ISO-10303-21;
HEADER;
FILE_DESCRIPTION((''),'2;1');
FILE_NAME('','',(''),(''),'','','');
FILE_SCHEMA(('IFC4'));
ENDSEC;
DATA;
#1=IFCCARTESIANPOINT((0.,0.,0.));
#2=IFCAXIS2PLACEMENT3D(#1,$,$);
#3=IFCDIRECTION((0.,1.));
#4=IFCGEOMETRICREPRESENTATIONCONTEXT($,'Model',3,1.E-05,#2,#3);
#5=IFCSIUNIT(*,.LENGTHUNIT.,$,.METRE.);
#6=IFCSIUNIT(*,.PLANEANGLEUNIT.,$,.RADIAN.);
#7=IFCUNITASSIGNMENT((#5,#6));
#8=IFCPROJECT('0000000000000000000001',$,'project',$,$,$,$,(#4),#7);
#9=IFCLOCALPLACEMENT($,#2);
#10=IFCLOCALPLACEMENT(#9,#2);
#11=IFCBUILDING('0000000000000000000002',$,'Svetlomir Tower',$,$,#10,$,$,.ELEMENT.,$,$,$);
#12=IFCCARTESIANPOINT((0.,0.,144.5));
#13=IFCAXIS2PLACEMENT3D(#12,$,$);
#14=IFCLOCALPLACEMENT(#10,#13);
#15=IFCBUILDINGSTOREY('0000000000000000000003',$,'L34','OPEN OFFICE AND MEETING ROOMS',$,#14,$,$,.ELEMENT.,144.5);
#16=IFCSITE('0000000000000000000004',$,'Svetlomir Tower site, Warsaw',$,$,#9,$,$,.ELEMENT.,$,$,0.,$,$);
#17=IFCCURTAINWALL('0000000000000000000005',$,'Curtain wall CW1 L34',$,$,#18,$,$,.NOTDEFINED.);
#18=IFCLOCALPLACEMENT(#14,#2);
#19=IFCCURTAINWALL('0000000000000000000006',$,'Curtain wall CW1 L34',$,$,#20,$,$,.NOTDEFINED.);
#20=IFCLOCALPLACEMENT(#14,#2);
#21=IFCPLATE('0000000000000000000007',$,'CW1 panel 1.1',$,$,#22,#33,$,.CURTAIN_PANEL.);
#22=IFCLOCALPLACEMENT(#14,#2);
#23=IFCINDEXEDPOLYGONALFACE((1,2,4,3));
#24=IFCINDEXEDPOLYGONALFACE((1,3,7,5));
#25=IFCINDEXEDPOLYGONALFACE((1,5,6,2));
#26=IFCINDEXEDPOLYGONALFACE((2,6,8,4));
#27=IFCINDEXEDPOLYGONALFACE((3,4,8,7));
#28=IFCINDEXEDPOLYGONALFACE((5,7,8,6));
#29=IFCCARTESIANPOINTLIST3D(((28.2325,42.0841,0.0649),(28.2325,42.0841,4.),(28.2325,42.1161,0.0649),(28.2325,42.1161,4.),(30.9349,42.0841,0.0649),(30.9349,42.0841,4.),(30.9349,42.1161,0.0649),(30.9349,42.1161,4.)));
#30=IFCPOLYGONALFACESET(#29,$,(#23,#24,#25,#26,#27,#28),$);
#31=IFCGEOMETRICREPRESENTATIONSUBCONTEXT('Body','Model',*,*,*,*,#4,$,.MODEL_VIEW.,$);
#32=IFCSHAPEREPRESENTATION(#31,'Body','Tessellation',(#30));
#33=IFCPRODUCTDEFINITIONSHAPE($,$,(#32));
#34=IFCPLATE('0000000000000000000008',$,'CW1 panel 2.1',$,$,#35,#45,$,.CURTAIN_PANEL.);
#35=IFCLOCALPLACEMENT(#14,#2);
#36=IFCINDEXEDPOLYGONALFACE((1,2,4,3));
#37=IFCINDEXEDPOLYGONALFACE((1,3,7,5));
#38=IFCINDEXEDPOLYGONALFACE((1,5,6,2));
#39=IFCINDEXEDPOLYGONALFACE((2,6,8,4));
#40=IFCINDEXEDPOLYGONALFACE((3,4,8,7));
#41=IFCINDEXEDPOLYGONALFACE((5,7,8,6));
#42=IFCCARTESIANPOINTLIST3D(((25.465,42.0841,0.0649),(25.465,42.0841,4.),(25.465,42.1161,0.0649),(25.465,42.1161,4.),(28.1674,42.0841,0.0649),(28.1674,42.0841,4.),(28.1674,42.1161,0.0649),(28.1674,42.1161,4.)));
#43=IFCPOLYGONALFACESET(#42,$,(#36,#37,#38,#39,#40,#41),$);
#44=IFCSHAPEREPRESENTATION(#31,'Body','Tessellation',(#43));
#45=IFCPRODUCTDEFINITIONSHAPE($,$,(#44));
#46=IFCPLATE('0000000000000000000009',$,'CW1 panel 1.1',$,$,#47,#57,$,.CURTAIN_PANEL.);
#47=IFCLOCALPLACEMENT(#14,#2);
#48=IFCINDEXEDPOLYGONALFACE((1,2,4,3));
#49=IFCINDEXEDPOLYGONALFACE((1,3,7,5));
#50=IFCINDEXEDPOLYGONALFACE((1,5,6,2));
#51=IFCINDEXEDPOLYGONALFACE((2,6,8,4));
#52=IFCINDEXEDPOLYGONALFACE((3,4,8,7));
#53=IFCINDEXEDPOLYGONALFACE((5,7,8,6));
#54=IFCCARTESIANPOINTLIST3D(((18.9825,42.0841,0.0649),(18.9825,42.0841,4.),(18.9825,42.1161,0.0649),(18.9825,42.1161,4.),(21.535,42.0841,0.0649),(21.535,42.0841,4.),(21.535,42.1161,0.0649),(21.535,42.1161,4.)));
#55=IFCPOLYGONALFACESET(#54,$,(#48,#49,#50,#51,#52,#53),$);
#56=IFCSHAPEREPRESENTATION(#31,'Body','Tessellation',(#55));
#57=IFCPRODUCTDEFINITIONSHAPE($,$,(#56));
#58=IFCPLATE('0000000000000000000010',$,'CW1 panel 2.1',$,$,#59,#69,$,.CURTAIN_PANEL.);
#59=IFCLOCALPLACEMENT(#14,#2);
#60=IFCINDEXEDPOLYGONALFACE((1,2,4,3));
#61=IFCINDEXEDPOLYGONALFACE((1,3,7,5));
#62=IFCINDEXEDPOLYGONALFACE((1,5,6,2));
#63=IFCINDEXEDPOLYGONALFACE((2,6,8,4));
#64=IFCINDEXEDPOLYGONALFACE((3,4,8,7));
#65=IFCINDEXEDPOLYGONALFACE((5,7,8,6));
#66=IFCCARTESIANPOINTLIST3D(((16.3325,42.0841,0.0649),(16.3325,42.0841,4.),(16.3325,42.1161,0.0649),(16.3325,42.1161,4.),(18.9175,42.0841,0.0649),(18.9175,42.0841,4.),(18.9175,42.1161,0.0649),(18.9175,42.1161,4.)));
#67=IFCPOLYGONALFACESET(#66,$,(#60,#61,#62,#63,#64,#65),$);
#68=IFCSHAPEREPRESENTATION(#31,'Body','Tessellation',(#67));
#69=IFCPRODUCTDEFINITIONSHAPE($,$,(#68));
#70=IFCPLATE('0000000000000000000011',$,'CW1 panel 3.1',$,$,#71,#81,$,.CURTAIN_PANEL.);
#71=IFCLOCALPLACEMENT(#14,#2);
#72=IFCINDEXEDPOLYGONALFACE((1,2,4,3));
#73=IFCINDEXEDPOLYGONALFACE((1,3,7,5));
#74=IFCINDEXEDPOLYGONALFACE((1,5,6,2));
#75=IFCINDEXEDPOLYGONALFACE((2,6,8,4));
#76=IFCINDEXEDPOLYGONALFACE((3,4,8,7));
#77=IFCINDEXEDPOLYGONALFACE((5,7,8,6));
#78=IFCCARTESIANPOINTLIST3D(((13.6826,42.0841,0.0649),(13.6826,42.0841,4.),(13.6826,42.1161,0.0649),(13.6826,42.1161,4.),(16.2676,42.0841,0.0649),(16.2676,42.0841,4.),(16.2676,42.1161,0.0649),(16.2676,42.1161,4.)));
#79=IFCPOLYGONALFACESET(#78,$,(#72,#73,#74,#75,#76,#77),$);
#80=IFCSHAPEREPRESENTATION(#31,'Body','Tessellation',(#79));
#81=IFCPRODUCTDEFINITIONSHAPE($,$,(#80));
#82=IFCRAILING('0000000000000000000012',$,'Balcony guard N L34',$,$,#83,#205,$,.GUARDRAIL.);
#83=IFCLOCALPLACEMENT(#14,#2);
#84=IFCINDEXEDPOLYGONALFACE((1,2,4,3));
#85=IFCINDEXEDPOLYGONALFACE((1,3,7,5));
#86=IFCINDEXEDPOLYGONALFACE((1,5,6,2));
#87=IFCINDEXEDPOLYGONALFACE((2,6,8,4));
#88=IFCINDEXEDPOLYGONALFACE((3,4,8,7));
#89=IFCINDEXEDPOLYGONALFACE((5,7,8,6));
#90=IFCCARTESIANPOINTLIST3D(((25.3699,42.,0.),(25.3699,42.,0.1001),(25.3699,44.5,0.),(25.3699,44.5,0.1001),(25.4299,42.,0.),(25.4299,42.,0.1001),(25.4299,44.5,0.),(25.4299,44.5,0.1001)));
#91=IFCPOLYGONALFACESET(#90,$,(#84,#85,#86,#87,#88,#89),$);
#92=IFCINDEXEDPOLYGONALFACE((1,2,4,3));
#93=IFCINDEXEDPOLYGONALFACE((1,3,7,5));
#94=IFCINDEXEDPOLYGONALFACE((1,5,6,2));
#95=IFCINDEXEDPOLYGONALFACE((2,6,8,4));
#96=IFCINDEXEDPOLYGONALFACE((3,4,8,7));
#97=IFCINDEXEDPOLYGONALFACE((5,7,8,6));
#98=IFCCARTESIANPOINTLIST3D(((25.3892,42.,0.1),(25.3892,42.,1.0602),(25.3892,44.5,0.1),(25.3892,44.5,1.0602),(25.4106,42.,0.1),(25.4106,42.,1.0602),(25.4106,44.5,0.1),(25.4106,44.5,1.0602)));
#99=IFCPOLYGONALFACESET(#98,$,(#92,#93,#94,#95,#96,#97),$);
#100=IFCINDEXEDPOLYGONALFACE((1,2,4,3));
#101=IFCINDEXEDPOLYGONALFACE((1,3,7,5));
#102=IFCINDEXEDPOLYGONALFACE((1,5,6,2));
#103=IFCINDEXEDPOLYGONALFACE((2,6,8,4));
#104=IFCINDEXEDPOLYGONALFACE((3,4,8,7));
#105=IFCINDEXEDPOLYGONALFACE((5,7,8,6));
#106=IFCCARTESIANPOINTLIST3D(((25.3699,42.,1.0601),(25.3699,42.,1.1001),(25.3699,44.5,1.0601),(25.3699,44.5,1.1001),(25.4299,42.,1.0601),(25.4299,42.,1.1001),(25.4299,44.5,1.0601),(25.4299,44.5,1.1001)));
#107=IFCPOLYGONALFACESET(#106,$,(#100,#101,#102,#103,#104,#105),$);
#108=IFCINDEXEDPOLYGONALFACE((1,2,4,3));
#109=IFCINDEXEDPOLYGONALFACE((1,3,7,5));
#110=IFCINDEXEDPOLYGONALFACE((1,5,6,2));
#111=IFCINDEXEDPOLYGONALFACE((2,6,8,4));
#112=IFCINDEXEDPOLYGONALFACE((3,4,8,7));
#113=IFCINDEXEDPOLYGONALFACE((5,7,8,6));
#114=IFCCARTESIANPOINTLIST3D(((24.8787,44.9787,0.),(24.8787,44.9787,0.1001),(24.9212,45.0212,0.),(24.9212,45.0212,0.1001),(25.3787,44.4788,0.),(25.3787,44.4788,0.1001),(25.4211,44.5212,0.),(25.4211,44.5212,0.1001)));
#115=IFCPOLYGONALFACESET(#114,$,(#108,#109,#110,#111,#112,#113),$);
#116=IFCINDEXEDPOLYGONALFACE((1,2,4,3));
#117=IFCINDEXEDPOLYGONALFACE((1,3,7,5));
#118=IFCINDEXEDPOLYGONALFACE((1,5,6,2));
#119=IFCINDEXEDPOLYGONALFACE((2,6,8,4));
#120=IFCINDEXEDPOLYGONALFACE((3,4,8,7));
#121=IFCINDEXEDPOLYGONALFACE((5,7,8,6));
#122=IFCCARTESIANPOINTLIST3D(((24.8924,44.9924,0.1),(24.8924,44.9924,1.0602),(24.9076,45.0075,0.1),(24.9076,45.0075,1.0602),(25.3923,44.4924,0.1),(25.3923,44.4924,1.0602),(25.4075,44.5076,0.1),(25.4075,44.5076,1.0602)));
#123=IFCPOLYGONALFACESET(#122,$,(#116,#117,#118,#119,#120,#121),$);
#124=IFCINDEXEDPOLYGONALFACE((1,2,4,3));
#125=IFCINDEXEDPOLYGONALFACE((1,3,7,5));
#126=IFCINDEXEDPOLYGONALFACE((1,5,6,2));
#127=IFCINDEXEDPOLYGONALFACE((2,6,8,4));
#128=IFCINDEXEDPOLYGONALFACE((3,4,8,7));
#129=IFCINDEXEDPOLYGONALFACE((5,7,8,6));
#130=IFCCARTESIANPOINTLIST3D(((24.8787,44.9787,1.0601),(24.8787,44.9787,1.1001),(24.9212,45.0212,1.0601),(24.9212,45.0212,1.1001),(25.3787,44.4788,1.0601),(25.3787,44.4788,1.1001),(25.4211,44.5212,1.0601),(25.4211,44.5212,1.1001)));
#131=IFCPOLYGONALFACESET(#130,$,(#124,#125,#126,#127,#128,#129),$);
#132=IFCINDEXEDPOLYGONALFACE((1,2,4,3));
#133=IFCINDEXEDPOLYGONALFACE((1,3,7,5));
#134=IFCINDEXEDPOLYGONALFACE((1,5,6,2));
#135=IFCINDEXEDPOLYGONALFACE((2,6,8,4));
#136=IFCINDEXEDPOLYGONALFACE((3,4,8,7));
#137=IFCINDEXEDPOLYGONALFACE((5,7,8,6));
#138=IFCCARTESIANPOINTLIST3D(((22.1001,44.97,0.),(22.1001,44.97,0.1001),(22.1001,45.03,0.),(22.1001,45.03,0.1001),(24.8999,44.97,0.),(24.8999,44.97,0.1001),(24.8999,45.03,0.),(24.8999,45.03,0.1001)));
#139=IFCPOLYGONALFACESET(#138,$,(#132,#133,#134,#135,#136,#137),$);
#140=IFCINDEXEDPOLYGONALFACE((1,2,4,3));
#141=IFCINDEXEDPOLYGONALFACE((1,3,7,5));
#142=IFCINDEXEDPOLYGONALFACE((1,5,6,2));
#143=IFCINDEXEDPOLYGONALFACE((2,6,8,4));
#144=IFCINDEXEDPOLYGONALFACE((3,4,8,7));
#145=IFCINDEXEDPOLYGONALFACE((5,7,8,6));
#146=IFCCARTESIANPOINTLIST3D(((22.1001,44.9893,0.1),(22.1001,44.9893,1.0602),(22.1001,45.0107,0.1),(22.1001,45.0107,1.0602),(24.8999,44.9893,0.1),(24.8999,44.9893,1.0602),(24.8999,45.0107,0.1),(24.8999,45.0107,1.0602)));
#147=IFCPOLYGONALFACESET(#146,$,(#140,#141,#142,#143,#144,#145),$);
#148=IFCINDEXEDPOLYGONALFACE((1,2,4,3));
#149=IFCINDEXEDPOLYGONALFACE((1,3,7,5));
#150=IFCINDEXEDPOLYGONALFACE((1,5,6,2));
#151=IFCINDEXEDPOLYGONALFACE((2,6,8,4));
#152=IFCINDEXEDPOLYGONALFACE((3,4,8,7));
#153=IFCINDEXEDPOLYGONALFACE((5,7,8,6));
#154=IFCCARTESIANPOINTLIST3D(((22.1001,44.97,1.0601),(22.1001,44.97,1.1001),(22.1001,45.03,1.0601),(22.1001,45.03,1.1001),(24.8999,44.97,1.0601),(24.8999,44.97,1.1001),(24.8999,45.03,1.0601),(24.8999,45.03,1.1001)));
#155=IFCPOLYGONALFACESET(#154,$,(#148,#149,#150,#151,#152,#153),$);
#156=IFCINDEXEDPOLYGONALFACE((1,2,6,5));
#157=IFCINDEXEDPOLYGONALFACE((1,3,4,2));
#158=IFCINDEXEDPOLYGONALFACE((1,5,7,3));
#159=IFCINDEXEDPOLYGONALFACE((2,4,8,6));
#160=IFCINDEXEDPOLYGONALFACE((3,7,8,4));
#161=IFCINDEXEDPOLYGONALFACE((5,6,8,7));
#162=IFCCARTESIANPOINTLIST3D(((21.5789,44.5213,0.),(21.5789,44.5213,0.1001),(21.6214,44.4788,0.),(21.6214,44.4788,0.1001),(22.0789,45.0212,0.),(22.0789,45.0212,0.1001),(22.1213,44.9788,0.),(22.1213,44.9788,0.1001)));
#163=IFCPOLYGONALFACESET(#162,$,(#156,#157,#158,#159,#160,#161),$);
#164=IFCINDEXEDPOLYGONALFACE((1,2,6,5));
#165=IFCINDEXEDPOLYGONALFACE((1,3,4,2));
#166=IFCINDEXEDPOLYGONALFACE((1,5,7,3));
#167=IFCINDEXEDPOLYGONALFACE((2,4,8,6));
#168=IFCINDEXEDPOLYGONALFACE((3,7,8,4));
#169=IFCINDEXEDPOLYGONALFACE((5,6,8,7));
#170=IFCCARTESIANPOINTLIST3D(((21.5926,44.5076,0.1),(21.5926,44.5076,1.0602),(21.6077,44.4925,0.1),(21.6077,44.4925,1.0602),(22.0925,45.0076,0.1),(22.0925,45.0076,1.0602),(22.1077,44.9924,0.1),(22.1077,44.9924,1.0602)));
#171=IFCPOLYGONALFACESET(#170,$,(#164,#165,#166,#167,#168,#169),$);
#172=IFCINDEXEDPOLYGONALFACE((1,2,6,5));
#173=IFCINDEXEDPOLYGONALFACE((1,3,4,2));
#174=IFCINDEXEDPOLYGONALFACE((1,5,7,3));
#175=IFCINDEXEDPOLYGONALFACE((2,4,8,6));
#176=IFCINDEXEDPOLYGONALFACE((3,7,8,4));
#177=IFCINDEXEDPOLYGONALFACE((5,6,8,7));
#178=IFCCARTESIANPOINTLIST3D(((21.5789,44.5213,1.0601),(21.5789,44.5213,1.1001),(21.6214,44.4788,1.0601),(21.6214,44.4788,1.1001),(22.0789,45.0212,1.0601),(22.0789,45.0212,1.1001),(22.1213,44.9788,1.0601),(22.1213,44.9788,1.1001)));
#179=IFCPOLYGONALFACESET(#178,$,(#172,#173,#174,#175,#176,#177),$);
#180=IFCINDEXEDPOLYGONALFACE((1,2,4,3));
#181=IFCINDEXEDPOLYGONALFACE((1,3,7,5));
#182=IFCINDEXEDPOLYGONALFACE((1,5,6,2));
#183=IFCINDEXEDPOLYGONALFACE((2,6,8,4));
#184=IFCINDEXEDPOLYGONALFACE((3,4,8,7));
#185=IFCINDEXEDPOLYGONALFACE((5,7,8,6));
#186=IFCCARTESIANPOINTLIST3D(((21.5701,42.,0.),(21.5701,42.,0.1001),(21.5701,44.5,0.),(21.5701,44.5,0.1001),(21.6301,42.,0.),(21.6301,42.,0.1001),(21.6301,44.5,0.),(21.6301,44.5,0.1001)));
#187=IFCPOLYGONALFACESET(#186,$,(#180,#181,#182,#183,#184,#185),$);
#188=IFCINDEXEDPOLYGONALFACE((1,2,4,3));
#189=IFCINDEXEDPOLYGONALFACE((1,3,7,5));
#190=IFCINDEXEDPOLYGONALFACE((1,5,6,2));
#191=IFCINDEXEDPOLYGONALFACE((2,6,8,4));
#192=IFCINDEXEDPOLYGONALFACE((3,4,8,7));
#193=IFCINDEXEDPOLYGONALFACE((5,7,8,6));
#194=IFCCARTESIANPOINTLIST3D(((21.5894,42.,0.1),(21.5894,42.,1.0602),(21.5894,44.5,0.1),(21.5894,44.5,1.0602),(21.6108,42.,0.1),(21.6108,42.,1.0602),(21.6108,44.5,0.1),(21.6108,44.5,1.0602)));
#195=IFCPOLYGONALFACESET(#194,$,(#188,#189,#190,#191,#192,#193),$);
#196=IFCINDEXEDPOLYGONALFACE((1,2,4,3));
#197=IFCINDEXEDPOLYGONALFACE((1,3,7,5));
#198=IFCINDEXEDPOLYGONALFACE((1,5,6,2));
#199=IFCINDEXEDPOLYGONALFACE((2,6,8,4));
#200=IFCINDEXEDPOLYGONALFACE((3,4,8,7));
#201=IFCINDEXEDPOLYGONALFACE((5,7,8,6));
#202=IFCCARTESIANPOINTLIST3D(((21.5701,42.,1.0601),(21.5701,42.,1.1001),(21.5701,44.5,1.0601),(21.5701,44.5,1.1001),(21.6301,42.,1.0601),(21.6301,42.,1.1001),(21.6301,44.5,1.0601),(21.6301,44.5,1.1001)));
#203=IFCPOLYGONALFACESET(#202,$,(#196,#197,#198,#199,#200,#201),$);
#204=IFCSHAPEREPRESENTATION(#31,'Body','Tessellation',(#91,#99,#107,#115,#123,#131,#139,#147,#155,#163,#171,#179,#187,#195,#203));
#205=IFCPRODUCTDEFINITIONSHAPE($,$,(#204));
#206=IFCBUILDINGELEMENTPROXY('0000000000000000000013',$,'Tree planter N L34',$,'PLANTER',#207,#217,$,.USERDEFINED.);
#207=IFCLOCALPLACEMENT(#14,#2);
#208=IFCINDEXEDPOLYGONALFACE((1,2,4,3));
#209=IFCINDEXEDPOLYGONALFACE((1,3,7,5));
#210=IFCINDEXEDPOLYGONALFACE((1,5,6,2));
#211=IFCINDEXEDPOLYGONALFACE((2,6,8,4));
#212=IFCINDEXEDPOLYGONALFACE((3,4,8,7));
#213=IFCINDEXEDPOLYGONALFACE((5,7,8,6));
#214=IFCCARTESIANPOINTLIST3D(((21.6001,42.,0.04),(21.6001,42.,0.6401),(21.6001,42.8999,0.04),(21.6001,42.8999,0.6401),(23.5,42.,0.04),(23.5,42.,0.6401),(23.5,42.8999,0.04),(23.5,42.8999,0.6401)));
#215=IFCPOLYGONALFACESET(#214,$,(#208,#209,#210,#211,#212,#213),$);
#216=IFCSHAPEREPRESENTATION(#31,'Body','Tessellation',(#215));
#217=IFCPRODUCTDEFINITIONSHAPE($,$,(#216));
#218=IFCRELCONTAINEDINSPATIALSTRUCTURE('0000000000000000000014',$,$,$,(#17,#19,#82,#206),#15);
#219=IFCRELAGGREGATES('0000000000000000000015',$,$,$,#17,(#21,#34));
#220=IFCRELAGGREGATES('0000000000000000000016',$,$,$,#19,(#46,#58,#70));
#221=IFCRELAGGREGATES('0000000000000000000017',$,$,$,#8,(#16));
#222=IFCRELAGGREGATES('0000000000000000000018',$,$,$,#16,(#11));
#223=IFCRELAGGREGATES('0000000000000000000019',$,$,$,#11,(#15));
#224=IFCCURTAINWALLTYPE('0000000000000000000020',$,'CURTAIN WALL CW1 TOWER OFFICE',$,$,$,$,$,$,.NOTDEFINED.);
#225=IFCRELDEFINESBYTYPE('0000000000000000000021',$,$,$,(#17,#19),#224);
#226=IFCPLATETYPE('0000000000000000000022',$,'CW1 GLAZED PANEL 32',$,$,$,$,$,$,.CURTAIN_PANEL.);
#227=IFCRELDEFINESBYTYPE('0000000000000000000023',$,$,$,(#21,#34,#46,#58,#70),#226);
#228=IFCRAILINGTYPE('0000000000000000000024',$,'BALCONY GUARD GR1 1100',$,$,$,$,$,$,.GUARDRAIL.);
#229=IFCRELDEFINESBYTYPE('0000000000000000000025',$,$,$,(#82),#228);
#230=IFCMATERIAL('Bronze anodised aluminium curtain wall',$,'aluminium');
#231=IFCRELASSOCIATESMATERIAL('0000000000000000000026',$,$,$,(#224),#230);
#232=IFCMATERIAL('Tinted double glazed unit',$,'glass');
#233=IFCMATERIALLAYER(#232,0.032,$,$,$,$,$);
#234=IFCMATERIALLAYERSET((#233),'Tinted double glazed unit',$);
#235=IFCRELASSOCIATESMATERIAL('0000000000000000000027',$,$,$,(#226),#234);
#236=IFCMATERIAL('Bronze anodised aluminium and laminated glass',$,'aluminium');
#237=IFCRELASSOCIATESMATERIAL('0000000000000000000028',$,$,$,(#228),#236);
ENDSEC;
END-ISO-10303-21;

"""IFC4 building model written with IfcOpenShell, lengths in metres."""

from ifc_helpers import new_model, si_unit, direction, frame, origin, origin_2d, place, context, subcontext, project, spatial, rectangle, extrude, material, layer, layer_set, type_object, element, aggregate, save


model = new_model("IFC4")

# Units and contexts
model_context = context("Model", 3, precision=1e-05, world=origin(), true_north=direction((0.0, 1.0)))
body_context = subcontext(model_context, "Body", "Model", "MODEL_VIEW")
ifc_project = project(units=[si_unit("LENGTHUNIT", "METRE"), si_unit("PLANEANGLEUNIT", "RADIAN")], contexts=[model_context])

# Site, building, storey
site_placement = place(None, origin())
site = spatial("IfcSite", under=ifc_project, at=site_placement, Name="Svetlomir Tower site, Warsaw", CompositionType="ELEMENT", RefElevation=0.0)
building_placement = place(site_placement, origin())
building = spatial("IfcBuilding", under=site, at=building_placement, Name="Svetlomir Tower", CompositionType="ELEMENT")
storey_placement = place(building_placement, frame((0.0, 0.0, 144.5)))
storey = spatial("IfcBuildingStorey", under=building, at=storey_placement, Name="L34", Description="OPEN OFFICE AND MEETING ROOMS", CompositionType="ELEMENT", Elevation=144.5)

# Curtain walls
ifc_material_1 = material(Name="Bronze anodised aluminium curtain wall", Category="aluminium")
curtain_wall_type = type_object("IfcCurtainWallType", Name="CURTAIN WALL CW1 TOWER OFFICE", PredefinedType="NOTDEFINED", material=ifc_material_1)
curtain_wall_1_placement = place(storey_placement, origin())
curtain_wall_1 = element("IfcCurtainWall", 1, at=curtain_wall_1_placement, inside=storey, type_object=curtain_wall_type, Name="Curtain wall CW1 L34", PredefinedType="NOTDEFINED")
curtain_wall_2_placement = place(storey_placement, origin())
curtain_wall_2 = element("IfcCurtainWall", 2, at=curtain_wall_2_placement, inside=storey, type_object=curtain_wall_type, Name="Curtain wall CW1 L34", PredefinedType="NOTDEFINED")

# Plates
ifc_material_2 = material(Name="Tinted double glazed unit", Category="glass")
ifc_layer_1 = layer(ifc_material_2, 0.032)
ifc_layer_set_1 = layer_set([ifc_layer_1], Name="Tinted double glazed unit")
plate_type = type_object("IfcPlateType", Name="CW1 GLAZED PANEL 32", PredefinedType="CURTAIN_PANEL", material=ifc_layer_set_1)
plate_1_placement = place(storey_placement, frame((29.5837, 42.1001, 0.0649), z_axis=(0.0, 0.0, 1.0), x_axis=(-1.0, 0.0, 0.0)))
plate_1 = element("IfcPlate", 3, at=plate_1_placement, type_object=plate_type, Name="CW1 panel 1.1", PredefinedType="CURTAIN_PANEL", context=body_context, shape_type="SweptSolid", body=[
    extrude(rectangle(XDim=2.7024, YDim=0.032, at=origin_2d()), origin(), (0.0, 0.0, 1.0), 3.9351),
])
plate_2_placement = place(storey_placement, frame((26.8162, 42.1001, 0.0649), z_axis=(0.0, 0.0, 1.0), x_axis=(-1.0, 0.0, 0.0)))
plate_2 = element("IfcPlate", 4, at=plate_2_placement, type_object=plate_type, Name="CW1 panel 2.1", PredefinedType="CURTAIN_PANEL", context=body_context, shape_type="SweptSolid", body=[
    extrude(rectangle(XDim=2.7024, YDim=0.032, at=origin_2d()), origin(), (0.0, 0.0, 1.0), 3.9351),
])
aggregate(curtain_wall_1, [plate_1, plate_2])
plate_3_placement = place(storey_placement, frame((20.2588, 42.1001, 0.0649), z_axis=(0.0, 0.0, 1.0), x_axis=(-1.0, 0.0, 0.0)))
plate_3 = element("IfcPlate", 5, at=plate_3_placement, type_object=plate_type, Name="CW1 panel 1.1", PredefinedType="CURTAIN_PANEL", context=body_context, shape_type="SweptSolid", body=[
    extrude(rectangle(XDim=2.5525, YDim=0.032, at=origin_2d()), origin(), (0.0, 0.0, 1.0), 3.9351),
])
plate_4_placement = place(storey_placement, frame((17.625, 42.1001, 0.0649), z_axis=(0.0, 0.0, 1.0), x_axis=(-1.0, 0.0, 0.0)))
plate_4 = element("IfcPlate", 6, at=plate_4_placement, type_object=plate_type, Name="CW1 panel 2.1", PredefinedType="CURTAIN_PANEL", context=body_context, shape_type="SweptSolid", body=[
    extrude(rectangle(XDim=2.585, YDim=0.032, at=origin_2d()), origin(), (0.0, 0.0, 1.0), 3.9351),
])
plate_5_placement = place(storey_placement, frame((14.9751, 42.1001, 0.0649), z_axis=(0.0, 0.0, 1.0), x_axis=(-1.0, 0.0, 0.0)))
plate_5 = element("IfcPlate", 7, at=plate_5_placement, type_object=plate_type, Name="CW1 panel 3.1", PredefinedType="CURTAIN_PANEL", context=body_context, shape_type="SweptSolid", body=[
    extrude(rectangle(XDim=2.585, YDim=0.032, at=origin_2d()), origin(), (0.0, 0.0, 1.0), 3.9351),
])
aggregate(curtain_wall_2, [plate_3, plate_4, plate_5])

# Railing
ifc_material_3 = material(Name="Bronze anodised aluminium and laminated glass", Category="aluminium")
railing_type = type_object("IfcRailingType", Name="BALCONY GUARD GR1 1100", PredefinedType="GUARDRAIL", material=ifc_material_3)
railing_placement = place(storey_placement, frame((25.3999, 42.0, 0.0)))
element("IfcRailing", 8, at=railing_placement, inside=storey, type_object=railing_type, Name="Balcony guard N L34", PredefinedType="GUARDRAIL", context=body_context, shape_type="SweptSolid", body=[
    extrude(rectangle(XDim=0.0601, YDim=0.1001, at=origin_2d()), frame((0.0, 0.0, 0.05), z_axis=(0.0, 1.0, 0.0), x_axis=(-1.0, 0.0, 0.0)), (0.0, 0.0, 1.0), 2.5),
    extrude(rectangle(XDim=0.0215, YDim=0.9602, at=origin_2d()), frame((0.0, 0.0, 0.5801), z_axis=(0.0, 1.0, 0.0), x_axis=(-1.0, 0.0, 0.0)), (0.0, 0.0, 1.0), 2.5),
    extrude(rectangle(XDim=0.0601, YDim=0.04, at=origin_2d()), frame((0.0, 0.0, 1.0801), z_axis=(0.0, 1.0, 0.0), x_axis=(-1.0, 0.0, 0.0)), (0.0, 0.0, 1.0), 2.5),
    extrude(rectangle(XDim=0.0601, YDim=0.1001, at=origin_2d()), frame((0.0, 2.5, 0.05), z_axis=(-0.707107, 0.707107, 0.0), x_axis=(-0.707107, -0.707107, 0.0)), (0.0, 0.0, 1.0), 0.707),
    extrude(rectangle(XDim=0.0215, YDim=0.9602, at=origin_2d()), frame((0.0, 2.5, 0.5801), z_axis=(-0.707107, 0.707107, 0.0), x_axis=(-0.707107, -0.707107, 0.0)), (0.0, 0.0, 1.0), 0.707),
    extrude(rectangle(XDim=0.0601, YDim=0.04, at=origin_2d()), frame((0.0, 2.5, 1.0801), z_axis=(-0.707107, 0.707107, 0.0), x_axis=(-0.707107, -0.707107, 0.0)), (0.0, 0.0, 1.0), 0.707),
    extrude(rectangle(XDim=0.0601, YDim=0.1001, at=origin_2d()), frame((-0.5, 3.0, 0.05), z_axis=(-1.0, 0.0, 0.0), x_axis=(0.0, -1.0, 0.0)), (0.0, 0.0, 1.0), 2.7998),
    extrude(rectangle(XDim=0.0215, YDim=0.9602, at=origin_2d()), frame((-0.5, 3.0, 0.5801), z_axis=(-1.0, 0.0, 0.0), x_axis=(0.0, -1.0, 0.0)), (0.0, 0.0, 1.0), 2.7998),
    extrude(rectangle(XDim=0.0601, YDim=0.04, at=origin_2d()), frame((-0.5, 3.0, 1.0801), z_axis=(-1.0, 0.0, 0.0), x_axis=(0.0, -1.0, 0.0)), (0.0, 0.0, 1.0), 2.7998),
    extrude(rectangle(XDim=0.0601, YDim=0.1001, at=origin_2d()), frame((-3.2998, 3.0, 0.05), z_axis=(-0.707107, -0.707107, 0.0), x_axis=(0.707107, -0.707107, 0.0)), (0.0, 0.0, 1.0), 0.707),
    extrude(rectangle(XDim=0.0215, YDim=0.9602, at=origin_2d()), frame((-3.2998, 3.0, 0.5801), z_axis=(-0.707107, -0.707107, 0.0), x_axis=(0.707107, -0.707107, 0.0)), (0.0, 0.0, 1.0), 0.707),
    extrude(rectangle(XDim=0.0601, YDim=0.04, at=origin_2d()), frame((-3.2998, 3.0, 1.0801), z_axis=(-0.707107, -0.707107, 0.0), x_axis=(0.707107, -0.707107, 0.0)), (0.0, 0.0, 1.0), 0.707),
    extrude(rectangle(XDim=0.0601, YDim=0.1001, at=origin_2d()), frame((-3.7998, 2.5, 0.05), z_axis=(0.0, -1.0, 0.0), x_axis=(1.0, 0.0, 0.0)), (0.0, 0.0, 1.0), 2.5),
    extrude(rectangle(XDim=0.0215, YDim=0.9602, at=origin_2d()), frame((-3.7998, 2.5, 0.5801), z_axis=(0.0, -1.0, 0.0), x_axis=(1.0, 0.0, 0.0)), (0.0, 0.0, 1.0), 2.5),
    extrude(rectangle(XDim=0.0601, YDim=0.04, at=origin_2d()), frame((-3.7998, 2.5, 1.0801), z_axis=(0.0, -1.0, 0.0), x_axis=(1.0, 0.0, 0.0)), (0.0, 0.0, 1.0), 2.5),
])

# Building element proxy
proxy_placement = place(storey_placement, frame((22.55, 42.45, 0.04), z_axis=(0.0, 0.0, 1.0), x_axis=(1.0, 0.0, 0.0)))
element("IfcBuildingElementProxy", 9, at=proxy_placement, inside=storey, Name="Tree planter N L34", ObjectType="PLANTER", PredefinedType="USERDEFINED", context=body_context, shape_type="SweptSolid", body=[
    extrude(rectangle(XDim=1.8999, YDim=0.8999, at=origin_2d()), origin(), (0.0, 0.0, 1.0), 0.6001),
])

save(model, "model.ifc")
